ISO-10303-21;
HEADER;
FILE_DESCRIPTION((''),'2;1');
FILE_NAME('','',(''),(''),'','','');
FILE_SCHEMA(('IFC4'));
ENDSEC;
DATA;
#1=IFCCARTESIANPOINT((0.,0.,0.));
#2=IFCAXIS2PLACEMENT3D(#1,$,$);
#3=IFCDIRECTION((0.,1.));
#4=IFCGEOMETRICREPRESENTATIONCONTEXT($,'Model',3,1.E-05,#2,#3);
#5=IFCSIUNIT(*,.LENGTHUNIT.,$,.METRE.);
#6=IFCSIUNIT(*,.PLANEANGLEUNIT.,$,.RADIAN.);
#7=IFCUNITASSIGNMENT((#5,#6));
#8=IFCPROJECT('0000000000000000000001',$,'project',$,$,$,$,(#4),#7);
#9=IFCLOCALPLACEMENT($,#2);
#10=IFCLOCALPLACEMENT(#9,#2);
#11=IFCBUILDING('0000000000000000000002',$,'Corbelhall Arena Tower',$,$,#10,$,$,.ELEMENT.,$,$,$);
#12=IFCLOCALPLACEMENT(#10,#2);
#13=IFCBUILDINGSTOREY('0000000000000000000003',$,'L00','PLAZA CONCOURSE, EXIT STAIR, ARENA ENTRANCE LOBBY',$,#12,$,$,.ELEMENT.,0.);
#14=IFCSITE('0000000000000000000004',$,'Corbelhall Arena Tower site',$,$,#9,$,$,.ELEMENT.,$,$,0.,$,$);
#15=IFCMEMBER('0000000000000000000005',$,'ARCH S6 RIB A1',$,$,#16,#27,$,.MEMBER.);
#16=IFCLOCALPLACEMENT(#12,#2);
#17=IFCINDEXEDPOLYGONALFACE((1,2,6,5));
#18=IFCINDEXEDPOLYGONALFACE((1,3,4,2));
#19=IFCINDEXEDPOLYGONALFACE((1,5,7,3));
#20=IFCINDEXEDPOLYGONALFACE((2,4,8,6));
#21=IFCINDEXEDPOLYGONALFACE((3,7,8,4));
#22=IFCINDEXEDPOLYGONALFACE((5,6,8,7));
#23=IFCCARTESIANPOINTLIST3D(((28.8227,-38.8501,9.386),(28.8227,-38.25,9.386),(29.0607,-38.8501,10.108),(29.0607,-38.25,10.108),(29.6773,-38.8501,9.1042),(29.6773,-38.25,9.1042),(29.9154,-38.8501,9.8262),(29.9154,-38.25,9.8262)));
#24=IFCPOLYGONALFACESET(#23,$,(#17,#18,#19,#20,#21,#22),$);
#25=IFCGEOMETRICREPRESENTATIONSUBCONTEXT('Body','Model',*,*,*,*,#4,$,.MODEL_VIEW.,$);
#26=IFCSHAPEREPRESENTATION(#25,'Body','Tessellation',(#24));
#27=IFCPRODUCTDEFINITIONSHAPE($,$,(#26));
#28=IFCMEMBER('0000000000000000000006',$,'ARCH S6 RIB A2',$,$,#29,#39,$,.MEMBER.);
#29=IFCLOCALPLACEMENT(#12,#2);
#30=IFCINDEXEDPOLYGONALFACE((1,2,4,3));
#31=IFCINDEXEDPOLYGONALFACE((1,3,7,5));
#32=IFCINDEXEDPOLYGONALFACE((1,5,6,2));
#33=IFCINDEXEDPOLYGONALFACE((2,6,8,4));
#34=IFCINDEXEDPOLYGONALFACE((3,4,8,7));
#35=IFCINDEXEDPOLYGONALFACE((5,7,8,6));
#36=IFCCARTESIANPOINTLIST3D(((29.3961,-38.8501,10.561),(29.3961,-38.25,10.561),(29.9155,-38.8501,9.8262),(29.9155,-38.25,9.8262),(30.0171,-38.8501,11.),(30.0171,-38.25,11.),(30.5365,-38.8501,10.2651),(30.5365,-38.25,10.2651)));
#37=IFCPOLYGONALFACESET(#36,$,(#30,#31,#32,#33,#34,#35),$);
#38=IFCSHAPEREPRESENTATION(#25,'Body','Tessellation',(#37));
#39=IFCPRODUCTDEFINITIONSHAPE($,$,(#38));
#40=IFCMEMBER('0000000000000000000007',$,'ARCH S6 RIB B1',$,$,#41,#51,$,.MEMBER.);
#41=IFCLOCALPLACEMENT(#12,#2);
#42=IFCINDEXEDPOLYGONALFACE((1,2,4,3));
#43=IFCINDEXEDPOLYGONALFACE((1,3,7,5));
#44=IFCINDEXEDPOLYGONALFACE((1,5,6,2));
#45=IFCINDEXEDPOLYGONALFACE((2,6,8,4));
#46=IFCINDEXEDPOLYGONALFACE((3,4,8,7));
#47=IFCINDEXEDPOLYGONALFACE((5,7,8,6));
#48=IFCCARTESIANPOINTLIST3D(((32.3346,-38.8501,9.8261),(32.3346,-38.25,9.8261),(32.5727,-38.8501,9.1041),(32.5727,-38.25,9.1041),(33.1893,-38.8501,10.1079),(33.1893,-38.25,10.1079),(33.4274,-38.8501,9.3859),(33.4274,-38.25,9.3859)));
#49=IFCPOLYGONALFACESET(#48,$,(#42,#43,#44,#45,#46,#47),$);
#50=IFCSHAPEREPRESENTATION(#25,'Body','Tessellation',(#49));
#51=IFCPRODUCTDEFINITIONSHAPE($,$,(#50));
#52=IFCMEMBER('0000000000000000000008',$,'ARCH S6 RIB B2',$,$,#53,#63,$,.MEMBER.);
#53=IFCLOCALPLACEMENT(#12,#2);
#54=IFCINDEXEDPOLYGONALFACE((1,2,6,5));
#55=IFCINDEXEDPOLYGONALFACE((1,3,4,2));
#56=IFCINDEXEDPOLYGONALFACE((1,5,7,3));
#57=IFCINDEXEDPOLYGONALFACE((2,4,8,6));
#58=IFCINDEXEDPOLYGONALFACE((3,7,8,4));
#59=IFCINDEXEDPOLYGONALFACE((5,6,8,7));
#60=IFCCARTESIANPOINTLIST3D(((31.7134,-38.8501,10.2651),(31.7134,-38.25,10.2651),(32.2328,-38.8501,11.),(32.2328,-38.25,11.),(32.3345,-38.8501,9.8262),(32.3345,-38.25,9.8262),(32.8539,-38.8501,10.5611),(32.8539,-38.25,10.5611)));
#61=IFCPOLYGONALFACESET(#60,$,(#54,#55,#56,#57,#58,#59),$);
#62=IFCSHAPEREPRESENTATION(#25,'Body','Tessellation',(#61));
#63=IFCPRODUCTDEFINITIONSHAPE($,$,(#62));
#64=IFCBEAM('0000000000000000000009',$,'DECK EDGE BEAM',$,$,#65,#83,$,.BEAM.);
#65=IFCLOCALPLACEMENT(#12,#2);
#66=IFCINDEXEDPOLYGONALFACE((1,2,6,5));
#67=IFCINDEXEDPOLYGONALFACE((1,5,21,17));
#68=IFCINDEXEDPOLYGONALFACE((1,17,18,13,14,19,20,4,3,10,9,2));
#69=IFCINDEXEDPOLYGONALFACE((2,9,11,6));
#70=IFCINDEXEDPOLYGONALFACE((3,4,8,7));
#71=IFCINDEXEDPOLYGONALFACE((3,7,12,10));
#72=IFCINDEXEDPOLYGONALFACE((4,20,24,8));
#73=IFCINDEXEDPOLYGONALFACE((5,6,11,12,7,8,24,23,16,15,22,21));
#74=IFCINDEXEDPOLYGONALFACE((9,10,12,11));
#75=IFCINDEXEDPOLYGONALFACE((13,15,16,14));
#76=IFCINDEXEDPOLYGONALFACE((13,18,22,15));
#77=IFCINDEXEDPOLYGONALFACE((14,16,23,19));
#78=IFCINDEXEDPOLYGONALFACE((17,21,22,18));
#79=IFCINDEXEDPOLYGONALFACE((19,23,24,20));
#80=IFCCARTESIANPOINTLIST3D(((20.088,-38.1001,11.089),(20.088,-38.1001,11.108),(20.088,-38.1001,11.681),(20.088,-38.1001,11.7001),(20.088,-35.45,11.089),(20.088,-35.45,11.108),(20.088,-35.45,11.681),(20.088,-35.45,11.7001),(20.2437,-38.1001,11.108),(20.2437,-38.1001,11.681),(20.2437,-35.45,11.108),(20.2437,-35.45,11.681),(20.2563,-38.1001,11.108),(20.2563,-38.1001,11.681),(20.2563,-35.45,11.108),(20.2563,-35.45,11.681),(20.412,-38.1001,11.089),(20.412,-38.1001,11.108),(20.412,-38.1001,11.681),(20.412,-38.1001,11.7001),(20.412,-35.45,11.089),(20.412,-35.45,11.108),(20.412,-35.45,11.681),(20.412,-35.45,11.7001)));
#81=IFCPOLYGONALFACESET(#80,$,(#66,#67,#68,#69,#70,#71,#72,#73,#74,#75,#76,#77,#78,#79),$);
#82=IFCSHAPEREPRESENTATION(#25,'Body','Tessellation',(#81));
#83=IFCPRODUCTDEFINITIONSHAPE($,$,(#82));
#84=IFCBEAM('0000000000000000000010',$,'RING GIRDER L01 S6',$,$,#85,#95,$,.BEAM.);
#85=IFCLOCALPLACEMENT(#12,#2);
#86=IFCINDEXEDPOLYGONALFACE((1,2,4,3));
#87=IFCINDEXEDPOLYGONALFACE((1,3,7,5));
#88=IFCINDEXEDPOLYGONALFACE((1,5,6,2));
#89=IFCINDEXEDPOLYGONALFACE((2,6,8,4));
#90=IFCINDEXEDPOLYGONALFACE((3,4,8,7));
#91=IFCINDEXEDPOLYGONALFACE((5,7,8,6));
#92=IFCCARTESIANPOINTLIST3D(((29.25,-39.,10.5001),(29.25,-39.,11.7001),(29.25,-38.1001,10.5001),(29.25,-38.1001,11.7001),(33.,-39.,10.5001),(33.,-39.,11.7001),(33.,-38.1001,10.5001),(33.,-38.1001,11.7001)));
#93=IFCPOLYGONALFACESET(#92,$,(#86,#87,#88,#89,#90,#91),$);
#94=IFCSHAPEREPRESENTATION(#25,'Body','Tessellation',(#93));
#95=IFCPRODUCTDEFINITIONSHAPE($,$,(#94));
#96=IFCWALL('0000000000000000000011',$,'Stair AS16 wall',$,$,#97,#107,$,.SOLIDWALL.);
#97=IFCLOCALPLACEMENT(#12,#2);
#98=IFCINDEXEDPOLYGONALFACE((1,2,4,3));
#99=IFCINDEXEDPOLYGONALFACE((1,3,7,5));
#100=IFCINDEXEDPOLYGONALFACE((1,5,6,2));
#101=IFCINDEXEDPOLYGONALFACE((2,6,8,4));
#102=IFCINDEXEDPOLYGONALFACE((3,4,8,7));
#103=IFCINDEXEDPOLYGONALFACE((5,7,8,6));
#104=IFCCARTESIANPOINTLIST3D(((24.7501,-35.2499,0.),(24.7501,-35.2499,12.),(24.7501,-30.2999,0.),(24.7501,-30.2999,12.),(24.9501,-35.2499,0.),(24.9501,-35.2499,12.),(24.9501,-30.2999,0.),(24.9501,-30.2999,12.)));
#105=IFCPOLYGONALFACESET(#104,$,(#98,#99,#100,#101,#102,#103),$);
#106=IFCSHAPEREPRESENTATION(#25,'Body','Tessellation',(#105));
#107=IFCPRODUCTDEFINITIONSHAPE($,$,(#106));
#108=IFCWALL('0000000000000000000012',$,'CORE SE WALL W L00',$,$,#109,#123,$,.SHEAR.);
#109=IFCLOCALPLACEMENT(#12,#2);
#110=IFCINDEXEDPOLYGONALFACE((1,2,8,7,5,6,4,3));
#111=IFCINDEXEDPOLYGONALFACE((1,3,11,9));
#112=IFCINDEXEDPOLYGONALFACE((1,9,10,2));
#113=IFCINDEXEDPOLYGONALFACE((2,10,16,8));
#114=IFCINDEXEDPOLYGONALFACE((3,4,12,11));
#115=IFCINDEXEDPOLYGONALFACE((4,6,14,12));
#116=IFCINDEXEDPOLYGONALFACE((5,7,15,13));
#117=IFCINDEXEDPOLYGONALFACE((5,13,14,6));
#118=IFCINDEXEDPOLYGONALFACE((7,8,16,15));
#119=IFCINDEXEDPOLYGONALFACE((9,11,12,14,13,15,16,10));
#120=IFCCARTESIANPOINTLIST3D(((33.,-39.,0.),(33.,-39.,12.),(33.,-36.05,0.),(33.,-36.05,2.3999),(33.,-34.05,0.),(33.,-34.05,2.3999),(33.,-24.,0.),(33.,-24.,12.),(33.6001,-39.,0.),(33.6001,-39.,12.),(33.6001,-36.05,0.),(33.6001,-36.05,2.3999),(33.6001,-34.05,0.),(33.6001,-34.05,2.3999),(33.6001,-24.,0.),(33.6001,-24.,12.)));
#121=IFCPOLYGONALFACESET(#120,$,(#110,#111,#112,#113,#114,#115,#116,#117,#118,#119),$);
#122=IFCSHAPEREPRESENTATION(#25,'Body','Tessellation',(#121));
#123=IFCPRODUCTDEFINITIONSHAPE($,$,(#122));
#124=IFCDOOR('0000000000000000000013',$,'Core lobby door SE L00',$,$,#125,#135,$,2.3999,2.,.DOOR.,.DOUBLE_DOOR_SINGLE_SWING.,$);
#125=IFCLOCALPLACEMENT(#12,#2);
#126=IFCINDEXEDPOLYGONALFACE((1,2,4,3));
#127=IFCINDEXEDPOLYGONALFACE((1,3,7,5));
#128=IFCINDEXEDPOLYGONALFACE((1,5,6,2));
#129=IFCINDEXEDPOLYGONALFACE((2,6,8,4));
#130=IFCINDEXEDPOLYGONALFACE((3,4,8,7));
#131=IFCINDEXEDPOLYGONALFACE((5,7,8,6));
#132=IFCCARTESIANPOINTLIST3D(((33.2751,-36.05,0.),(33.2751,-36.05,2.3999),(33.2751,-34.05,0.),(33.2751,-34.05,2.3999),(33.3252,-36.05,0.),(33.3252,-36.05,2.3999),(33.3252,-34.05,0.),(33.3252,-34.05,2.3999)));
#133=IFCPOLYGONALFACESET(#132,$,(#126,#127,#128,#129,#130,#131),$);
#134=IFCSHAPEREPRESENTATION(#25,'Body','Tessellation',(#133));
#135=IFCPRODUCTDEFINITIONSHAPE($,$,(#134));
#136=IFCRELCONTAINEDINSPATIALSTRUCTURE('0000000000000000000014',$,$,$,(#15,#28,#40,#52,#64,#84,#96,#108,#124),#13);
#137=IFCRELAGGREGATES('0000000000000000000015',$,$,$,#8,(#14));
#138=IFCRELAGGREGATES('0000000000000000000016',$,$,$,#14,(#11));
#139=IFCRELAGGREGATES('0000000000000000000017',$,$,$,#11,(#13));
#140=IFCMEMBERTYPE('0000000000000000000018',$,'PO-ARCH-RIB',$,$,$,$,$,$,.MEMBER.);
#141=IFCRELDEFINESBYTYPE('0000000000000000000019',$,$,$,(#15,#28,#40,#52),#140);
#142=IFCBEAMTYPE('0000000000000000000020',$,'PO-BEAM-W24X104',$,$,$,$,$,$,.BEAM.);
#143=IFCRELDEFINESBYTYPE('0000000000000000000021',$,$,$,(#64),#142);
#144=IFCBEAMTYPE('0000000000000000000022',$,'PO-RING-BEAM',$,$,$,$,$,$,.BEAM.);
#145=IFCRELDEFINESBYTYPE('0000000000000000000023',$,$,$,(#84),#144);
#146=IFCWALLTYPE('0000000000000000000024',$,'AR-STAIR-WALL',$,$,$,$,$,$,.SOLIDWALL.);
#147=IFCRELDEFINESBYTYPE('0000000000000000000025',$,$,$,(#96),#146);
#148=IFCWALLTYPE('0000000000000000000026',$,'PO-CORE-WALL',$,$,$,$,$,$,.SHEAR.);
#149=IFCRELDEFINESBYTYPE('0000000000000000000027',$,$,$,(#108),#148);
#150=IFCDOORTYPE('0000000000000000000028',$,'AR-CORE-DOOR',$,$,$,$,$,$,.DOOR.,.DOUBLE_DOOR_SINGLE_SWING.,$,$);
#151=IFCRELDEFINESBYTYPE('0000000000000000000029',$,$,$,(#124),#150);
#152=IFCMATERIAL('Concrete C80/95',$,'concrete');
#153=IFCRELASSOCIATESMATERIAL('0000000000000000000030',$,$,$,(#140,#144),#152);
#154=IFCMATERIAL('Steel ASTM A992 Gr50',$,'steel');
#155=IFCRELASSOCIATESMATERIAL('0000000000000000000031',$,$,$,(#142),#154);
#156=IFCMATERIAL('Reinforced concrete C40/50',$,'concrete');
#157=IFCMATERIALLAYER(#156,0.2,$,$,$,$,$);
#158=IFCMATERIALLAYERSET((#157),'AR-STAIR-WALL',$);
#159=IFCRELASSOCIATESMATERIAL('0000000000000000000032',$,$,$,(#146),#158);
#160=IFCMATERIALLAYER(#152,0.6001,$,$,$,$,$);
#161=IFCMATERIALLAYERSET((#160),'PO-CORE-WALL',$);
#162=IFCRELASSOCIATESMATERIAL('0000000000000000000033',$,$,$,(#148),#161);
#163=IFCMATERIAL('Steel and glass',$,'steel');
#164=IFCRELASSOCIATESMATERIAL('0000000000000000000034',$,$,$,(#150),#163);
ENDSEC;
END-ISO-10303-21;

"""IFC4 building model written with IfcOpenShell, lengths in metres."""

from ifc_helpers import new_model, si_unit, direction, frame, frame_2d, origin, origin_2d, place, context, subcontext, project, spatial, rectangle, i_section, extrude, material, layer, layer_set, material_profile, profile_set, type_object, element, fill, save


model = new_model("IFC4")

# Units and contexts
model_context = context("Model", 3, precision=1e-05, world=origin(), true_north=direction((0.0, 1.0)))
body_context = subcontext(model_context, "Body", "Model", "MODEL_VIEW")
ifc_project = project(units=[si_unit("LENGTHUNIT", "METRE"), si_unit("PLANEANGLEUNIT", "RADIAN")], contexts=[model_context])

# Site, building, storey
site_placement = place(None, origin())
site = spatial("IfcSite", under=ifc_project, at=site_placement, Name="Corbelhall Arena Tower site", CompositionType="ELEMENT", RefElevation=0.0)
building_placement = place(site_placement, origin())
building = spatial("IfcBuilding", under=site, at=building_placement, Name="Corbelhall Arena Tower", CompositionType="ELEMENT")
storey_placement = place(building_placement, origin())
storey = spatial("IfcBuildingStorey", under=building, at=storey_placement, Name="L00", Description="PLAZA CONCOURSE, EXIT STAIR, ARENA ENTRANCE LOBBY", CompositionType="ELEMENT", Elevation=0.0)

# Shared definitions
ifc_material_1 = material(Name="Concrete C80/95", Category="concrete")

# Members
ifc_material_profile_1 = material_profile(ifc_material_1, rectangle(XDim=0.6001, YDim=0.8999, at=origin_2d()))
ifc_profile_set_1 = profile_set([ifc_material_profile_1], Name="Concrete C80/95")
member_type = type_object("IfcMemberType", Name="PO-ARCH-RIB", PredefinedType="MEMBER", material=ifc_profile_set_1)
member_1_placement = place(storey_placement, frame((29.25, -38.55, 9.2451), z_axis=(0.313143, 0.0, 0.949706), x_axis=(0.0, 1.0, 0.0)))
element("IfcMember", 1, at=member_1_placement, inside=storey, type_object=member_type, Name="ARCH S6 RIB A1", PredefinedType="MEMBER", context=body_context, shape_type="SweptSolid", body=[
    extrude(rectangle(XDim=0.6001, YDim=0.8999, at=origin_2d()), origin(), (0.0, 0.0, 1.0), 0.7603),
])
member_2_placement = place(storey_placement, frame((29.6558, -38.55, 10.1936), z_axis=(0.81663, 0.0, 0.577162), x_axis=(0.0, 1.0, 0.0)))
element("IfcMember", 2, at=member_2_placement, inside=storey, type_object=member_type, Name="ARCH S6 RIB A2", PredefinedType="MEMBER", context=body_context, shape_type="SweptSolid", body=[
    extrude(rectangle(XDim=0.6001, YDim=0.8999, at=origin_2d()), origin(), (0.0, 0.0, 1.0), 0.7605),
])
member_3_placement = place(storey_placement, frame((32.762, -38.55, 9.967), z_axis=(0.313143, 0.0, -0.949706), x_axis=(0.0, 1.0, 0.0)))
element("IfcMember", 3, at=member_3_placement, inside=storey, type_object=member_type, Name="ARCH S6 RIB B1", PredefinedType="MEMBER", context=body_context, shape_type="SweptSolid", body=[
    extrude(rectangle(XDim=0.6001, YDim=0.8999, at=origin_2d()), origin(), (0.0, 0.0, 1.0), 0.7603),
])
member_4_placement = place(storey_placement, frame((31.9731, -38.55, 10.6326), z_axis=(0.81663, 0.0, -0.577162), x_axis=(0.0, 1.0, 0.0)))
element("IfcMember", 4, at=member_4_placement, inside=storey, type_object=member_type, Name="ARCH S6 RIB B2", PredefinedType="MEMBER", context=body_context, shape_type="SweptSolid", body=[
    extrude(rectangle(XDim=0.6001, YDim=0.8999, at=origin_2d()), origin(), (0.0, 0.0, 1.0), 0.7605),
])

# Beams
ifc_material_2 = material(Name="Steel ASTM A992 Gr50", Category="steel")
ifc_material_profile_2 = material_profile(ifc_material_2, i_section(OverallWidth=0.324, OverallDepth=0.6111, WebThickness=0.0127, FlangeThickness=0.019, at=origin_2d()))
ifc_profile_set_2 = profile_set([ifc_material_profile_2], Name="Steel ASTM A992 Gr50")
beam_type_1 = type_object("IfcBeamType", Name="PO-BEAM-W24X104", PredefinedType="BEAM", material=ifc_profile_set_2)
beam_1_placement = place(storey_placement, frame((20.25, -35.45, 11.3945), z_axis=(0.0, -1.0, 0.0), x_axis=(1.0, 0.0, 0.0)))
element("IfcBeam", 5, at=beam_1_placement, inside=storey, type_object=beam_type_1, Name="DECK EDGE BEAM", PredefinedType="BEAM", context=body_context, shape_type="SweptSolid", body=[
    extrude(i_section(OverallWidth=0.324, OverallDepth=0.6111, WebThickness=0.0127, FlangeThickness=0.019, at=origin_2d()), origin(), (0.0, 0.0, 1.0), 2.6501),
])
ifc_material_profile_3 = material_profile(ifc_material_1, rectangle(XDim=0.8999, YDim=1.2, at=origin_2d()))
ifc_profile_set_3 = profile_set([ifc_material_profile_3], Name="Concrete C80/95")
beam_type_2 = type_object("IfcBeamType", Name="PO-RING-BEAM", PredefinedType="BEAM", material=ifc_profile_set_3)
beam_2_placement = place(storey_placement, frame((29.25, -38.55, 11.1001), z_axis=(1.0, 0.0, 0.0), x_axis=(0.0, 1.0, 0.0)))
element("IfcBeam", 6, at=beam_2_placement, inside=storey, type_object=beam_type_2, Name="RING GIRDER L01 S6", PredefinedType="BEAM", context=body_context, shape_type="SweptSolid", body=[
    extrude(rectangle(XDim=0.8999, YDim=1.2, at=origin_2d()), origin(), (0.0, 0.0, 1.0), 3.75),
])

# Wall
ifc_material_3 = material(Name="Reinforced concrete C40/50", Category="concrete")
ifc_layer_1 = layer(ifc_material_3, 0.2)
ifc_layer_set_1 = layer_set([ifc_layer_1], Name="AR-STAIR-WALL")
wall_type_1 = type_object("IfcWallType", Name="AR-STAIR-WALL", PredefinedType="SOLIDWALL", material=ifc_layer_set_1)
wall_1_placement = place(storey_placement, frame((24.8501, -35.25, 0.0), z_axis=(0.0, 0.0, 1.0), x_axis=(0.0, 1.0, 0.0)))
element("IfcWall", 7, at=wall_1_placement, inside=storey, type_object=wall_type_1, Name="Stair AS16 wall", PredefinedType="SOLIDWALL", context=body_context, shape_type="SweptSolid", body=[
    extrude(rectangle(XDim=4.95, YDim=0.2, at=frame_2d((2.4751, 0.0))), origin(), (0.0, 0.0, 1.0), 12.0),
])

# Wall, opening, door
ifc_layer_2 = layer(ifc_material_1, 0.6001)
ifc_layer_set_2 = layer_set([ifc_layer_2], Name="PO-CORE-WALL")
wall_type_2 = type_object("IfcWallType", Name="PO-CORE-WALL", PredefinedType="SHEAR", material=ifc_layer_set_2)
wall_2_placement = place(storey_placement, frame((33.3, -39.0, 0.0), z_axis=(0.0, 0.0, 1.0), x_axis=(0.0, 1.0, 0.0)))
wall_2 = element("IfcWall", 8, at=wall_2_placement, inside=storey, type_object=wall_type_2, Name="CORE SE WALL W L00", PredefinedType="SHEAR", context=body_context, shape_type="SweptSolid", body=[
    extrude(rectangle(XDim=15.0, YDim=0.6001, at=frame_2d((7.5, 0.0))), origin(), (0.0, 0.0, 1.0), 12.0),
])
opening_placement = place(wall_2_placement, frame((2.95, 0.0, 0.0)))
opening = element("IfcOpeningElement", 9, at=opening_placement, cuts=wall_2, PredefinedType="OPENING", context=body_context, shape_type="SweptSolid", body=[
    extrude(rectangle(XDim=2.0, YDim=2.3999, at=frame_2d((1.0, 1.2))), frame((0.0, 0.3, 0.0), z_axis=(0.0, -1.0, 0.0), x_axis=(1.0, 0.0, 0.0)), (0.0, 0.0, 1.0), 0.6001),
])
ifc_material_4 = material(Name="Steel and glass", Category="steel")
door_type = type_object("IfcDoorType", Name="AR-CORE-DOOR", OperationType="DOUBLE_DOOR_SINGLE_SWING", PredefinedType="DOOR", material=ifc_material_4)
door_placement = place(opening_placement, origin())
door = element("IfcDoor", 10, at=door_placement, inside=storey, type_object=door_type, Name="Core lobby door SE L00", OperationType="DOUBLE_DOOR_SINGLE_SWING", OverallHeight=2.3999, OverallWidth=2.0, PredefinedType="DOOR", context=body_context, shape_type="SweptSolid", body=[
    extrude(rectangle(XDim=2.0, YDim=2.3999, at=frame_2d((1.0, 1.2))), frame((0.0, 0.0249, 0.0), z_axis=(0.0, -1.0, 0.0), x_axis=(1.0, 0.0, 0.0)), (0.0, 0.0, 1.0), 0.05),
])
fill(opening, door)

save(model, "model.ifc")
